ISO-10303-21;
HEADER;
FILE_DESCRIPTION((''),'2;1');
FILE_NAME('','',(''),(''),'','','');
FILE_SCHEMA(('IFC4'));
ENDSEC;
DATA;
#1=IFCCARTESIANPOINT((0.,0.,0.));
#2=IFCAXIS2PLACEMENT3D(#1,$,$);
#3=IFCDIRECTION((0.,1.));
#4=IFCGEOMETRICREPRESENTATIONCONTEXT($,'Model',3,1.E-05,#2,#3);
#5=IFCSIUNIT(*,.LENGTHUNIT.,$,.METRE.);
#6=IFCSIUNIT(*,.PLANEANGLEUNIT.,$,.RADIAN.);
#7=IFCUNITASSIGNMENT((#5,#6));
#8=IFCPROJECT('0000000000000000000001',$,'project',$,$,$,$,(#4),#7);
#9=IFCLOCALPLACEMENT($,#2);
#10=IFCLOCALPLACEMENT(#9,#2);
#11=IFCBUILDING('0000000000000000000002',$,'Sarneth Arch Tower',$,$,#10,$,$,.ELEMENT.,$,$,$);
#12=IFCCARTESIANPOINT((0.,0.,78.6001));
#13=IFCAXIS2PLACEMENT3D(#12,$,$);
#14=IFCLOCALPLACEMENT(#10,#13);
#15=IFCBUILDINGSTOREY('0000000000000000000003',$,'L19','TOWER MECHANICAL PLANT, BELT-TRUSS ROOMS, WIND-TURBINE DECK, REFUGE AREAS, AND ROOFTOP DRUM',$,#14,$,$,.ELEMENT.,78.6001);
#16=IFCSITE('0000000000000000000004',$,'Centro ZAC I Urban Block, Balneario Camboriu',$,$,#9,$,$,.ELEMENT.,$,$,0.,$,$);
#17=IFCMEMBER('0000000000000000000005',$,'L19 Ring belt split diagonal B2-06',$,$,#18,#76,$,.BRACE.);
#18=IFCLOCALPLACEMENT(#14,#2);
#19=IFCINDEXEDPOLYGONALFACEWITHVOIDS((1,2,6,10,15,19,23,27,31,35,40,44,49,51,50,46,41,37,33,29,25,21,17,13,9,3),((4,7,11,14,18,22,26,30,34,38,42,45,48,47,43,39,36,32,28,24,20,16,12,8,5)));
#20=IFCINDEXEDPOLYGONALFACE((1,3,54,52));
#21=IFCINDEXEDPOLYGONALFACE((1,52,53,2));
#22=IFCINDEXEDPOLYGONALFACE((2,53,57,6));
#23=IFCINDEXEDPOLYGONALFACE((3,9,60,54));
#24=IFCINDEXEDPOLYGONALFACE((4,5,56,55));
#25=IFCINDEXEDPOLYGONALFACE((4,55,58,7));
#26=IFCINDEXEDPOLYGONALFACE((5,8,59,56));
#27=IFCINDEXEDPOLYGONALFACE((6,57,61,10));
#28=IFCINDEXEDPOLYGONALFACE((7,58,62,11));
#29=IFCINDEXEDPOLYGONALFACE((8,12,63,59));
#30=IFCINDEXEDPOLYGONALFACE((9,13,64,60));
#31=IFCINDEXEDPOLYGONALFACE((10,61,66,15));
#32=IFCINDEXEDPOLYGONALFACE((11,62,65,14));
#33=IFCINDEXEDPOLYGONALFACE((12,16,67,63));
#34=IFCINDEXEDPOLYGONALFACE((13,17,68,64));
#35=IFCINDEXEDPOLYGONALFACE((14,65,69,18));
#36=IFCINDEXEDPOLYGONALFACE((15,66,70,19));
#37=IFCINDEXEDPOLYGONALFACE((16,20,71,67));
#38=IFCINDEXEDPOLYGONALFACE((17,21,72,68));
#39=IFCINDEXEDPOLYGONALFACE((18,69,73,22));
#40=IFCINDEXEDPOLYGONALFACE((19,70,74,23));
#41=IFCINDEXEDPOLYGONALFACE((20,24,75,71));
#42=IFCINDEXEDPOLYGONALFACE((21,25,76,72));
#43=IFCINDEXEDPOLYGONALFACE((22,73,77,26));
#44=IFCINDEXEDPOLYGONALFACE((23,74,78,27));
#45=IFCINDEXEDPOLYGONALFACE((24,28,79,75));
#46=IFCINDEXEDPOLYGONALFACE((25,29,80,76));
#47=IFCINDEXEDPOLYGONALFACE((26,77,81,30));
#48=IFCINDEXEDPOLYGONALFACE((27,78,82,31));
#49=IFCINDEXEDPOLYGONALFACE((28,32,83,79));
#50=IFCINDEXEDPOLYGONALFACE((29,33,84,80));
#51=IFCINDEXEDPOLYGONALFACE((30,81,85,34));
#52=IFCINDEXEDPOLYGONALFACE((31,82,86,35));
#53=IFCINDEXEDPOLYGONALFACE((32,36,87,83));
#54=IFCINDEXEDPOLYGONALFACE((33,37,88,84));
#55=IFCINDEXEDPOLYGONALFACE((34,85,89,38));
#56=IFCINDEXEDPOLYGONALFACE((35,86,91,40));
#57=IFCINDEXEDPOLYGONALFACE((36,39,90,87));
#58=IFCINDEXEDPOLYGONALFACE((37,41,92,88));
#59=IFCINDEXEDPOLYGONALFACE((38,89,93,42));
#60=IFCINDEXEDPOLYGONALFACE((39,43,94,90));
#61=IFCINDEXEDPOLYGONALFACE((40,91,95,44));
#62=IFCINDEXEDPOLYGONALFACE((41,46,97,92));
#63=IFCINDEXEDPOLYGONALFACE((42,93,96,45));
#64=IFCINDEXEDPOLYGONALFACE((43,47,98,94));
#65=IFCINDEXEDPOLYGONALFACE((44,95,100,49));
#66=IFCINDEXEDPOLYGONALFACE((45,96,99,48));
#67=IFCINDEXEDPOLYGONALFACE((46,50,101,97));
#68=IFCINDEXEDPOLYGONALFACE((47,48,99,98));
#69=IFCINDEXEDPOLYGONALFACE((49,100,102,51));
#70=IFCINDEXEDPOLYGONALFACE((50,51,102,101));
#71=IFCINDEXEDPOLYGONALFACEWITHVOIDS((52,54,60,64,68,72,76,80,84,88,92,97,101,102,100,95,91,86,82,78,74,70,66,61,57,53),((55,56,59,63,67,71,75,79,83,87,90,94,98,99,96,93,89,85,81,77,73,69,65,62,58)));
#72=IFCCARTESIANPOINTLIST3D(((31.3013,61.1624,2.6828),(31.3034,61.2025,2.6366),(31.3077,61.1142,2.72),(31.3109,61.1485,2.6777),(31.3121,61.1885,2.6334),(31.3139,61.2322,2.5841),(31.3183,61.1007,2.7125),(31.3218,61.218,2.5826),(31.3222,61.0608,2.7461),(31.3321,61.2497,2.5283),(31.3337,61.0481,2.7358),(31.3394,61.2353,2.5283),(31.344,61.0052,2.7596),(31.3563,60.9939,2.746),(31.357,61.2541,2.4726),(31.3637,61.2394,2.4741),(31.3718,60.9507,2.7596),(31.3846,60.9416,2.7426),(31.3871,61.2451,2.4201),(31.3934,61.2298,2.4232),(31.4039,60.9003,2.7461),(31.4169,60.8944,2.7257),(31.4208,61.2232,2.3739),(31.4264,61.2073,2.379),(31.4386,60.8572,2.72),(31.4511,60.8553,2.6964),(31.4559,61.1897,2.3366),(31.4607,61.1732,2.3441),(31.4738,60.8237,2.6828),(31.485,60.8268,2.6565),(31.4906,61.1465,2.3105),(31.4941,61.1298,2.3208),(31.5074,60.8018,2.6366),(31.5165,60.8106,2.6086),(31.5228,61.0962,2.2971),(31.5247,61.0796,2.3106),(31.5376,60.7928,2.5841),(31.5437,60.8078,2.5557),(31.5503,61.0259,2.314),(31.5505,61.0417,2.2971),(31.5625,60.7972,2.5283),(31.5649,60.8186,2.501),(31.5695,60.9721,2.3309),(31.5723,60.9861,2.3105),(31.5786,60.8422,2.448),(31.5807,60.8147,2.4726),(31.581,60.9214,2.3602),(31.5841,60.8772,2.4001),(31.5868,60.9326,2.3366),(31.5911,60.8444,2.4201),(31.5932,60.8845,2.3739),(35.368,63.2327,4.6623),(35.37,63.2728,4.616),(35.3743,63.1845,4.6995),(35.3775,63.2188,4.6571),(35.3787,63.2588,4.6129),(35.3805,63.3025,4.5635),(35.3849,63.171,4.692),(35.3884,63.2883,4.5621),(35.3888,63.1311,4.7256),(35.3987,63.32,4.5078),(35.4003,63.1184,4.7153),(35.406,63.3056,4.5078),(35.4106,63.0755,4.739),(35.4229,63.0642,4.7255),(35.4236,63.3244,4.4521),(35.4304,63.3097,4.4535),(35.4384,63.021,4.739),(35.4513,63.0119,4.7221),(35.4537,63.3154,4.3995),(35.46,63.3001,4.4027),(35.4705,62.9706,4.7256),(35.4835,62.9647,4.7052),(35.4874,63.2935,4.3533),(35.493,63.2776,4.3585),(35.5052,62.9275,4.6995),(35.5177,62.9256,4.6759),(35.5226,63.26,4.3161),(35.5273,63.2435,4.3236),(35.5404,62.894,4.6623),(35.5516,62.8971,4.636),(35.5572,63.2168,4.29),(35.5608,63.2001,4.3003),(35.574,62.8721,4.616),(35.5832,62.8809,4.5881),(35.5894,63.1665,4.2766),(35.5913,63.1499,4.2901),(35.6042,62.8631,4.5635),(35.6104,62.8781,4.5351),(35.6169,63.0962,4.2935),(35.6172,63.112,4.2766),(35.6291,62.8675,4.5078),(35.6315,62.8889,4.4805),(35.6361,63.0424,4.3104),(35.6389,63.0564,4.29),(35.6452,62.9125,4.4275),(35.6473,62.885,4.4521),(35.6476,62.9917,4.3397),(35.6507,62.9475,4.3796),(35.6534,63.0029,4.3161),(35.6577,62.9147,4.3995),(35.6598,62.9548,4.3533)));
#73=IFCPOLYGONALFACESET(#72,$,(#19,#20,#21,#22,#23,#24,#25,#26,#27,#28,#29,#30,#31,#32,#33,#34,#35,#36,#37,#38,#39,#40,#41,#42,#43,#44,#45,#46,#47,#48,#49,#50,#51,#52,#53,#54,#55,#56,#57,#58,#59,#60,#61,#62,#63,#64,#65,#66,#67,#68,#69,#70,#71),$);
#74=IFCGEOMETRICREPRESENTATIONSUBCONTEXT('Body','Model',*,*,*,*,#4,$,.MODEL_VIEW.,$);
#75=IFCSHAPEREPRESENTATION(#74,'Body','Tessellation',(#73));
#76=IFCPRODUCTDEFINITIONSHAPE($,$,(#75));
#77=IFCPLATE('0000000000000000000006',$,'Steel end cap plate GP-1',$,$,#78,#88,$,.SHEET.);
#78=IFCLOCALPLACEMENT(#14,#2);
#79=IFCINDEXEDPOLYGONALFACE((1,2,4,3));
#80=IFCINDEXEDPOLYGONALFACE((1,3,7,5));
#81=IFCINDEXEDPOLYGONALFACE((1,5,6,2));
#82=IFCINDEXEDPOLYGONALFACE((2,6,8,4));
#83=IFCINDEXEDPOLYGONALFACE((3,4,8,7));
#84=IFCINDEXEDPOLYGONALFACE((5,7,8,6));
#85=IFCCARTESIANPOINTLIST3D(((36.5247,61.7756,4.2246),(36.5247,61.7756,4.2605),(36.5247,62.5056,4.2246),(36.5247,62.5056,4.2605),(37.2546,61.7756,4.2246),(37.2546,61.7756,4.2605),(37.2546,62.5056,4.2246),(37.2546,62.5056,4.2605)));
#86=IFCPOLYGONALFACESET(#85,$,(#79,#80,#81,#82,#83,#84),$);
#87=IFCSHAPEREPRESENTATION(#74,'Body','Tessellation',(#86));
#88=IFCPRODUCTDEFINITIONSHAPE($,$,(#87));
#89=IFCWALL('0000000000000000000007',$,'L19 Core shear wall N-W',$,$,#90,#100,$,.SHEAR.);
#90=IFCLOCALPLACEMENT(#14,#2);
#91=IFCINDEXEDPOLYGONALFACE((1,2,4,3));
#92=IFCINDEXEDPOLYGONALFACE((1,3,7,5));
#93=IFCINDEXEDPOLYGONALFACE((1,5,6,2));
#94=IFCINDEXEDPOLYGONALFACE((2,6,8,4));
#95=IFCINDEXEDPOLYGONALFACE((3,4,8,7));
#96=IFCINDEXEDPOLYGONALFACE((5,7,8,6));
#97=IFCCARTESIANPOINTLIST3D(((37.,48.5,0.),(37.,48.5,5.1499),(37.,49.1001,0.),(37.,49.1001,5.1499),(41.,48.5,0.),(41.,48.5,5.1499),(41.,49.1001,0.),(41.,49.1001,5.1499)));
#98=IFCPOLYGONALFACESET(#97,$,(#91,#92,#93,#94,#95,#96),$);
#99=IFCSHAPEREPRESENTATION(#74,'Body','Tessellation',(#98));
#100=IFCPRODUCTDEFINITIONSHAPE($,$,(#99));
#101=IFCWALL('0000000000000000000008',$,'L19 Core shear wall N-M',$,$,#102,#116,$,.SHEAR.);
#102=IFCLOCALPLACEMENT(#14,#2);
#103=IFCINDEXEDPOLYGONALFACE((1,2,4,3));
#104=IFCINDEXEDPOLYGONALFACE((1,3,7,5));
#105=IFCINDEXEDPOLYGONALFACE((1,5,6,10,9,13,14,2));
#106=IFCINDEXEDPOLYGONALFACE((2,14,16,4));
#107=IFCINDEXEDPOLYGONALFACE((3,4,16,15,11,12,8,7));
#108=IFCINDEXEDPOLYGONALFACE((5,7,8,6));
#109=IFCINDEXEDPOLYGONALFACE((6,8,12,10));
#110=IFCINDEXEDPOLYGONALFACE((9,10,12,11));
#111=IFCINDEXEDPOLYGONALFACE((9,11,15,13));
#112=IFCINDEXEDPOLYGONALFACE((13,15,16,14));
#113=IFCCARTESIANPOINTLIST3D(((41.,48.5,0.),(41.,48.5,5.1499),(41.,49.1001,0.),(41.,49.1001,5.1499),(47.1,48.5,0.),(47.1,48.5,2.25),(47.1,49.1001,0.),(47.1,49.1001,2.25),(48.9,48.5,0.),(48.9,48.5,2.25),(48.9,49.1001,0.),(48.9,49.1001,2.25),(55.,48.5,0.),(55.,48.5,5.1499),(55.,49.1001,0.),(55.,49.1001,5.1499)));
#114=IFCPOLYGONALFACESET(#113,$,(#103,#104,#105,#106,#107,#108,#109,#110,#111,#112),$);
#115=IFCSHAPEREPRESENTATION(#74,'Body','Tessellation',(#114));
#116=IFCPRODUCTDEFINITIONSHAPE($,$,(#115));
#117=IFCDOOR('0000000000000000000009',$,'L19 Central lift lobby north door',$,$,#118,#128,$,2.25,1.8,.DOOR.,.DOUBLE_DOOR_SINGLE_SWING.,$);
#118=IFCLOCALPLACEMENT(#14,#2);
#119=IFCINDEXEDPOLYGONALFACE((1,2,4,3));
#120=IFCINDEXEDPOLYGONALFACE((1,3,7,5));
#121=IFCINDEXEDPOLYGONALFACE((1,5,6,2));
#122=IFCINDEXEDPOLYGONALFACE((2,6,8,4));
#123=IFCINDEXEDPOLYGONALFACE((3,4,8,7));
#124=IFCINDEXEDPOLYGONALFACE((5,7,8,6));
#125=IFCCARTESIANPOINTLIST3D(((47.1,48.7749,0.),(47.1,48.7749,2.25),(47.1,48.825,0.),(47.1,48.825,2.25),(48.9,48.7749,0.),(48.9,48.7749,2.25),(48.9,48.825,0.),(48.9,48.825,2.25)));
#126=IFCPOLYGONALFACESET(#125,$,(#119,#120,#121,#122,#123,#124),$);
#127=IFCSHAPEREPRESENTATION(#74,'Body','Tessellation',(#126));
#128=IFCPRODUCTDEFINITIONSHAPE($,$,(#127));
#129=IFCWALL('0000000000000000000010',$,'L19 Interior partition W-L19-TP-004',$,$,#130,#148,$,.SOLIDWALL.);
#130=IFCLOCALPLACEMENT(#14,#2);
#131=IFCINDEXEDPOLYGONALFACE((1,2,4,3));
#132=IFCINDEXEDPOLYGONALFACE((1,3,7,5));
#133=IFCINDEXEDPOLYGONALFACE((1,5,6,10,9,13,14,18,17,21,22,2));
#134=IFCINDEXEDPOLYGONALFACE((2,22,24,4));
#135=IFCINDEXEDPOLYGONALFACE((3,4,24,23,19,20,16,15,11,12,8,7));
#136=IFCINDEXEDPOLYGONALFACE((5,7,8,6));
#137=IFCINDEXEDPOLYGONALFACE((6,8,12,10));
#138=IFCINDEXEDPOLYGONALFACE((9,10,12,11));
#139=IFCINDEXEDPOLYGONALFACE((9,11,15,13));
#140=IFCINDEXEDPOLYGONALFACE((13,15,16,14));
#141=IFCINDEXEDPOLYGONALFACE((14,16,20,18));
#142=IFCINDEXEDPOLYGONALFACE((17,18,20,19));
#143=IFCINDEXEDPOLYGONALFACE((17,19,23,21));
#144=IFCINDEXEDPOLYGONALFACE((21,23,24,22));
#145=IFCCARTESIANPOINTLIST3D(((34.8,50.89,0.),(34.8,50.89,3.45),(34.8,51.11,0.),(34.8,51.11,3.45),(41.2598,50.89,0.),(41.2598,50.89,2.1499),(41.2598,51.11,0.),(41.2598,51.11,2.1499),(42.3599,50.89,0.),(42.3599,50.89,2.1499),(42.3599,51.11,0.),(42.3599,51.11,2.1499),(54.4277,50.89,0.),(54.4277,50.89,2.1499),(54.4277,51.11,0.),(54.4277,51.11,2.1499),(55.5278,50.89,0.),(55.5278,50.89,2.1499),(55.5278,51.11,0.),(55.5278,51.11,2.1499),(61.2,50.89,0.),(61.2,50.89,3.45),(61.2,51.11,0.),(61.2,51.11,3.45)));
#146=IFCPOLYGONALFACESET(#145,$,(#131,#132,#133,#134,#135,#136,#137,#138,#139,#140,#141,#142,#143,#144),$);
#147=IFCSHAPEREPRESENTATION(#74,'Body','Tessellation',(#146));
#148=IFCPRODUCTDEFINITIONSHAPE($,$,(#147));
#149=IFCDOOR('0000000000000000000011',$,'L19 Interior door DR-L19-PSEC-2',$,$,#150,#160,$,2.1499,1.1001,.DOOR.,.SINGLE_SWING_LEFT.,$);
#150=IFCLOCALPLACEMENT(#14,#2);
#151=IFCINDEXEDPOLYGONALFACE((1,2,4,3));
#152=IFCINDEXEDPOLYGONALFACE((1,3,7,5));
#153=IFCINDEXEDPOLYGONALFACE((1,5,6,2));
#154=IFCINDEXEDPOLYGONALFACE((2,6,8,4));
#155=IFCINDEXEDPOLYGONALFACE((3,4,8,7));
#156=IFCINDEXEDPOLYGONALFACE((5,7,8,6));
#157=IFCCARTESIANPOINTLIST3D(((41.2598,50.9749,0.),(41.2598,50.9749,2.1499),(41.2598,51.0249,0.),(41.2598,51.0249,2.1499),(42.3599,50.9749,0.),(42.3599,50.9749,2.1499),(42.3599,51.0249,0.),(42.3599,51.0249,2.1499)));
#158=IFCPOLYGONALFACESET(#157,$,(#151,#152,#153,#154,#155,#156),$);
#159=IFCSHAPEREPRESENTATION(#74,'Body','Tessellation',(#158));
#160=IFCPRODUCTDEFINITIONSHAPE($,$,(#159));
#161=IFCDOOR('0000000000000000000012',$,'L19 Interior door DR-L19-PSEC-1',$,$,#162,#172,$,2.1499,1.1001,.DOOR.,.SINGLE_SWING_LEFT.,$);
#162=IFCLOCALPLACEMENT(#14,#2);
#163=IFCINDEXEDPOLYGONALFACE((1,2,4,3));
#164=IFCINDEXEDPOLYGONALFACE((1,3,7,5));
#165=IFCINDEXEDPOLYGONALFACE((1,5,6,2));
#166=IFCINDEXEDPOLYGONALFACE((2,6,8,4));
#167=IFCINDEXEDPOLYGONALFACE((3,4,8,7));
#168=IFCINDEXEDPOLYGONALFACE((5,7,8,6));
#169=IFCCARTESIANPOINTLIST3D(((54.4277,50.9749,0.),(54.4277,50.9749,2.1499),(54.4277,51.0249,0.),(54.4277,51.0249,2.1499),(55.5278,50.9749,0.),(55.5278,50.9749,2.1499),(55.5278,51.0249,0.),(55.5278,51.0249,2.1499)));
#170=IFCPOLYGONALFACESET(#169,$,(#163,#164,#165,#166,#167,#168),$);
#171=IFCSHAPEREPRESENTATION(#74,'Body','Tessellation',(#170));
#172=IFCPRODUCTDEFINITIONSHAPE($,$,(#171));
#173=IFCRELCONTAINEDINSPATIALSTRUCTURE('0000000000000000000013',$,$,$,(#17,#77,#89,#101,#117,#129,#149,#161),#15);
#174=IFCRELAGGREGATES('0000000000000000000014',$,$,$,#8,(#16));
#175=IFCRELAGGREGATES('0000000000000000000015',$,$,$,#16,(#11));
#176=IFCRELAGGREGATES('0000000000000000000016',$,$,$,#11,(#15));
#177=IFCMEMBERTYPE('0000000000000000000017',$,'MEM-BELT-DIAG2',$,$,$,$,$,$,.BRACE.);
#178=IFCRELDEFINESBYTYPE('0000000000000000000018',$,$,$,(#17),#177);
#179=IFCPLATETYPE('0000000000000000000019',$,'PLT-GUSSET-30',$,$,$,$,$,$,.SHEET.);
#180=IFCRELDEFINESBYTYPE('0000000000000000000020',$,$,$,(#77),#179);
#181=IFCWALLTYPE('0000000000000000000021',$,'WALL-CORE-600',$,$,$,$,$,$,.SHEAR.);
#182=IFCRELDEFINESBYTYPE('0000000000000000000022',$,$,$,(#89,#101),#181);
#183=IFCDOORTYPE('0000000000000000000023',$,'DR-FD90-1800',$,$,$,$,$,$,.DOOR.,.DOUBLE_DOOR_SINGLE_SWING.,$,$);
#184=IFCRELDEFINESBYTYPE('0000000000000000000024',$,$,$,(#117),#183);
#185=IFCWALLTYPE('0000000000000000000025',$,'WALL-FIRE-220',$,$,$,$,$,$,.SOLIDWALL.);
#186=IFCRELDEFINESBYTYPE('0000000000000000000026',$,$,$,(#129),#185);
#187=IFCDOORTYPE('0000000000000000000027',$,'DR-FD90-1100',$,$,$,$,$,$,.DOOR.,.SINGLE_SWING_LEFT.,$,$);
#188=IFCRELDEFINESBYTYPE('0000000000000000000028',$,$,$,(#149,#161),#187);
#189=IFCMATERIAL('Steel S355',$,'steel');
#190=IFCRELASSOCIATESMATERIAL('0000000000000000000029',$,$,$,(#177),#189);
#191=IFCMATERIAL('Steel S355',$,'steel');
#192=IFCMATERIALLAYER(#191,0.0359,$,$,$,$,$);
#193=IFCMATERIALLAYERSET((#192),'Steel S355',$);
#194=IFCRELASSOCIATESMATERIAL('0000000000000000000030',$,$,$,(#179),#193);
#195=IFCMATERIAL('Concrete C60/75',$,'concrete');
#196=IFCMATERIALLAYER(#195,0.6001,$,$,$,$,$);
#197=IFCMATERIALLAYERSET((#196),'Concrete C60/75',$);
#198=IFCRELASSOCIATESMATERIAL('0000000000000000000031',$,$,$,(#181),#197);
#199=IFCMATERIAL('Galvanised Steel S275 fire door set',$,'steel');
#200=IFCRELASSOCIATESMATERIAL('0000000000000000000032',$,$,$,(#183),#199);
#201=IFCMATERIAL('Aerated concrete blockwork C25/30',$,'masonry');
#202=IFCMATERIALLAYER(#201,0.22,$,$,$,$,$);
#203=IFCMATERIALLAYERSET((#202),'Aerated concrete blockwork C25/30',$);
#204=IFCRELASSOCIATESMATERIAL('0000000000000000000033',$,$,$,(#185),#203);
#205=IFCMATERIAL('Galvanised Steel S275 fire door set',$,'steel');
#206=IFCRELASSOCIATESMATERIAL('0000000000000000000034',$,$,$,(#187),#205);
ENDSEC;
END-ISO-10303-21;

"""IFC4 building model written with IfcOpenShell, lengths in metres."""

from ifc_helpers import new_model, si_unit, direction, frame, frame_2d, origin, origin_2d, place, context, subcontext, project, spatial, rectangle, hollow_circle, extrude, material, layer, layer_set, material_profile, profile_set, type_object, element, fill, save


model = new_model("IFC4")

# Units and contexts
model_context = context("Model", 3, precision=1e-05, world=origin(), true_north=direction((0.0, 1.0)))
body_context = subcontext(model_context, "Body", "Model", "MODEL_VIEW")
ifc_project = project(units=[si_unit("LENGTHUNIT", "METRE"), si_unit("PLANEANGLEUNIT", "RADIAN")], contexts=[model_context])

# Site, building, storey
site_placement = place(None, origin())
site = spatial("IfcSite", under=ifc_project, at=site_placement, Name="Centro ZAC I Urban Block, Balneario Camboriu", CompositionType="ELEMENT", RefElevation=0.0)
building_placement = place(site_placement, origin())
building = spatial("IfcBuilding", under=site, at=building_placement, Name="Sarneth Arch Tower", CompositionType="ELEMENT")
storey_placement = place(building_placement, frame((0.0, 0.0, 78.6001)))
storey = spatial("IfcBuildingStorey", under=building, at=storey_placement, Name="L19", Description="TOWER MECHANICAL PLANT, BELT-TRUSS ROOMS, WIND-TURBINE DECK, REFUGE AREAS, AND ROOFTOP DRUM", CompositionType="ELEMENT", Elevation=78.6001)

# Member
ifc_material_1 = material(Name="Steel S355", Category="steel")
ifc_material_profile_1 = material_profile(ifc_material_1, hollow_circle(Radius=0.2539, WallThickness=0.0161, at=origin_2d()), Name="CHS508x16")
ifc_profile_set_1 = profile_set([ifc_material_profile_1], Name="Steel S355")
member_type = type_object("IfcMemberType", Name="MEM-BELT-DIAG2", PredefinedType="BRACE", material=ifc_profile_set_1)
member_placement = place(storey_placement, frame((31.4473, 61.0234, 2.5283), z_axis=(0.817556, 0.416214, 0.397955), x_axis=(-0.453686, 0.891162, 0.0)))
element("IfcMember", 1, at=member_placement, inside=storey, type_object=member_type, Name="L19 Ring belt split diagonal B2-06", PredefinedType="BRACE", context=body_context, shape_type="SweptSolid", body=[
    extrude(hollow_circle(Radius=0.2539, WallThickness=0.0161, at=origin_2d()), origin(), (0.0, 0.0, 1.0), 4.9741),
])

# Plate
ifc_material_2 = material(Name="Steel S355", Category="steel")
ifc_layer_1 = layer(ifc_material_2, 0.0359)
ifc_layer_set_1 = layer_set([ifc_layer_1], Name="Steel S355")
plate_type = type_object("IfcPlateType", Name="PLT-GUSSET-30", PredefinedType="SHEET", material=ifc_layer_set_1)
plate_placement = place(storey_placement, frame((36.8896, 62.1406, 4.2246), z_axis=(0.0, 0.0, 1.0), x_axis=(1.0, 0.0, 0.0)))
element("IfcPlate", 2, at=plate_placement, inside=storey, type_object=plate_type, Name="Steel end cap plate GP-1", PredefinedType="SHEET", context=body_context, shape_type="SweptSolid", body=[
    extrude(rectangle(XDim=0.73, YDim=0.73, at=origin_2d()), origin(), (0.0, 0.0, 1.0), 0.0359),
])

# Wall
ifc_material_3 = material(Name="Concrete C60/75", Category="concrete")
ifc_layer_2 = layer(ifc_material_3, 0.6001)
ifc_layer_set_2 = layer_set([ifc_layer_2], Name="Concrete C60/75")
wall_type_1 = type_object("IfcWallType", Name="WALL-CORE-600", PredefinedType="SHEAR", material=ifc_layer_set_2)
wall_1_placement = place(storey_placement, frame((37.0, 48.8, 0.0), z_axis=(0.0, 0.0, 1.0), x_axis=(1.0, 0.0, 0.0)))
element("IfcWall", 3, at=wall_1_placement, inside=storey, type_object=wall_type_1, Name="L19 Core shear wall N-W", PredefinedType="SHEAR", context=body_context, shape_type="SweptSolid", body=[
    extrude(rectangle(XDim=4.0, YDim=0.6001, at=frame_2d((2.0, 0.0))), origin(), (0.0, 0.0, 1.0), 5.1499),
])

# Wall, opening, door
wall_2_placement = place(storey_placement, frame((41.0, 48.8, 0.0), z_axis=(0.0, 0.0, 1.0), x_axis=(1.0, 0.0, 0.0)))
wall_2 = element("IfcWall", 4, at=wall_2_placement, inside=storey, type_object=wall_type_1, Name="L19 Core shear wall N-M", PredefinedType="SHEAR", context=body_context, shape_type="SweptSolid", body=[
    extrude(rectangle(XDim=14.0, YDim=0.6001, at=frame_2d((7.0, 0.0))), origin(), (0.0, 0.0, 1.0), 5.1499),
])
opening_1_placement = place(wall_2_placement, frame((6.1001, 0.0, 0.0)))
opening_1 = element("IfcOpeningElement", 5, at=opening_1_placement, cuts=wall_2, PredefinedType="OPENING", context=body_context, shape_type="SweptSolid", body=[
    extrude(rectangle(XDim=1.8, YDim=2.25, at=frame_2d((0.8999, 1.125))), frame((0.0, 0.3101, 0.0), z_axis=(0.0, -1.0, 0.0), x_axis=(1.0, 0.0, 0.0)), (0.0, 0.0, 1.0), 0.6201),
])
ifc_material_4 = material(Name="Galvanised Steel S275 fire door set", Category="steel")
door_type_1 = type_object("IfcDoorType", Name="DR-FD90-1800", OperationType="DOUBLE_DOOR_SINGLE_SWING", PredefinedType="DOOR", material=ifc_material_4)
door_1_placement = place(opening_1_placement, origin())
door_1 = element("IfcDoor", 6, at=door_1_placement, inside=storey, type_object=door_type_1, Name="L19 Central lift lobby north door", OperationType="DOUBLE_DOOR_SINGLE_SWING", OverallHeight=2.25, OverallWidth=1.8, PredefinedType="DOOR", context=body_context, shape_type="SweptSolid", body=[
    extrude(rectangle(XDim=1.8, YDim=2.25, at=frame_2d((0.8999, 1.125))), frame((0.0, 0.0249, 0.0), z_axis=(0.0, -1.0, 0.0), x_axis=(1.0, 0.0, 0.0)), (0.0, 0.0, 1.0), 0.05),
])
fill(opening_1, door_1)

# Wall, openings, doors
ifc_material_5 = material(Name="Aerated concrete blockwork C25/30", Category="masonry")
ifc_layer_3 = layer(ifc_material_5, 0.22)
ifc_layer_set_3 = layer_set([ifc_layer_3], Name="Aerated concrete blockwork C25/30")
wall_type_2 = type_object("IfcWallType", Name="WALL-FIRE-220", PredefinedType="SOLIDWALL", material=ifc_layer_set_3)
wall_3_placement = place(storey_placement, frame((34.8, 51.0, 0.0), z_axis=(0.0, 0.0, 1.0), x_axis=(1.0, 0.0, 0.0)))
wall_3 = element("IfcWall", 7, at=wall_3_placement, inside=storey, type_object=wall_type_2, Name="L19 Interior partition W-L19-TP-004", PredefinedType="SOLIDWALL", context=body_context, shape_type="SweptSolid", body=[
    extrude(rectangle(XDim=26.3999, YDim=0.22, at=frame_2d((13.2, 0.0))), origin(), (0.0, 0.0, 1.0), 3.45),
])
opening_2_placement = place(wall_3_placement, frame((6.4597, 0.0, 0.0)))
opening_2 = element("IfcOpeningElement", 8, at=opening_2_placement, cuts=wall_3, PredefinedType="OPENING", context=body_context, shape_type="SweptSolid", body=[
    extrude(rectangle(XDim=1.1001, YDim=2.1499, at=frame_2d((0.55, 1.075))), frame((0.0, 0.1199, 0.0), z_axis=(0.0, -1.0, 0.0), x_axis=(1.0, 0.0, 0.0)), (0.0, 0.0, 1.0), 0.24),
])
opening_3_placement = place(wall_3_placement, frame((19.6277, 0.0, 0.0)))
opening_3 = element("IfcOpeningElement", 9, at=opening_3_placement, cuts=wall_3, PredefinedType="OPENING", context=body_context, shape_type="SweptSolid", body=[
    extrude(rectangle(XDim=1.1001, YDim=2.1499, at=frame_2d((0.55, 1.075))), frame((0.0, 0.1199, 0.0), z_axis=(0.0, -1.0, 0.0), x_axis=(1.0, 0.0, 0.0)), (0.0, 0.0, 1.0), 0.24),
])
ifc_material_6 = material(Name="Galvanised Steel S275 fire door set", Category="steel")
door_type_2 = type_object("IfcDoorType", Name="DR-FD90-1100", OperationType="SINGLE_SWING_LEFT", PredefinedType="DOOR", material=ifc_material_6)
door_2_placement = place(opening_2_placement, origin())
door_2 = element("IfcDoor", 10, at=door_2_placement, inside=storey, type_object=door_type_2, Name="L19 Interior door DR-L19-PSEC-2", OperationType="SINGLE_SWING_LEFT", OverallHeight=2.1499, OverallWidth=1.1001, PredefinedType="DOOR", context=body_context, shape_type="SweptSolid", body=[
    extrude(rectangle(XDim=1.1001, YDim=2.1499, at=frame_2d((0.55, 1.075))), frame((0.0, 0.0249, 0.0), z_axis=(0.0, -1.0, 0.0), x_axis=(1.0, 0.0, 0.0)), (0.0, 0.0, 1.0), 0.05),
])
fill(opening_2, door_2)
door_3_placement = place(opening_3_placement, origin())
door_3 = element("IfcDoor", 11, at=door_3_placement, inside=storey, type_object=door_type_2, Name="L19 Interior door DR-L19-PSEC-1", OperationType="SINGLE_SWING_LEFT", OverallHeight=2.1499, OverallWidth=1.1001, PredefinedType="DOOR", context=body_context, shape_type="SweptSolid", body=[
    extrude(rectangle(XDim=1.1001, YDim=2.1499, at=frame_2d((0.55, 1.075))), frame((0.0, 0.0249, 0.0), z_axis=(0.0, -1.0, 0.0), x_axis=(1.0, 0.0, 0.0)), (0.0, 0.0, 1.0), 0.05),
])
fill(opening_3, door_3)

save(model, "model.ifc")
